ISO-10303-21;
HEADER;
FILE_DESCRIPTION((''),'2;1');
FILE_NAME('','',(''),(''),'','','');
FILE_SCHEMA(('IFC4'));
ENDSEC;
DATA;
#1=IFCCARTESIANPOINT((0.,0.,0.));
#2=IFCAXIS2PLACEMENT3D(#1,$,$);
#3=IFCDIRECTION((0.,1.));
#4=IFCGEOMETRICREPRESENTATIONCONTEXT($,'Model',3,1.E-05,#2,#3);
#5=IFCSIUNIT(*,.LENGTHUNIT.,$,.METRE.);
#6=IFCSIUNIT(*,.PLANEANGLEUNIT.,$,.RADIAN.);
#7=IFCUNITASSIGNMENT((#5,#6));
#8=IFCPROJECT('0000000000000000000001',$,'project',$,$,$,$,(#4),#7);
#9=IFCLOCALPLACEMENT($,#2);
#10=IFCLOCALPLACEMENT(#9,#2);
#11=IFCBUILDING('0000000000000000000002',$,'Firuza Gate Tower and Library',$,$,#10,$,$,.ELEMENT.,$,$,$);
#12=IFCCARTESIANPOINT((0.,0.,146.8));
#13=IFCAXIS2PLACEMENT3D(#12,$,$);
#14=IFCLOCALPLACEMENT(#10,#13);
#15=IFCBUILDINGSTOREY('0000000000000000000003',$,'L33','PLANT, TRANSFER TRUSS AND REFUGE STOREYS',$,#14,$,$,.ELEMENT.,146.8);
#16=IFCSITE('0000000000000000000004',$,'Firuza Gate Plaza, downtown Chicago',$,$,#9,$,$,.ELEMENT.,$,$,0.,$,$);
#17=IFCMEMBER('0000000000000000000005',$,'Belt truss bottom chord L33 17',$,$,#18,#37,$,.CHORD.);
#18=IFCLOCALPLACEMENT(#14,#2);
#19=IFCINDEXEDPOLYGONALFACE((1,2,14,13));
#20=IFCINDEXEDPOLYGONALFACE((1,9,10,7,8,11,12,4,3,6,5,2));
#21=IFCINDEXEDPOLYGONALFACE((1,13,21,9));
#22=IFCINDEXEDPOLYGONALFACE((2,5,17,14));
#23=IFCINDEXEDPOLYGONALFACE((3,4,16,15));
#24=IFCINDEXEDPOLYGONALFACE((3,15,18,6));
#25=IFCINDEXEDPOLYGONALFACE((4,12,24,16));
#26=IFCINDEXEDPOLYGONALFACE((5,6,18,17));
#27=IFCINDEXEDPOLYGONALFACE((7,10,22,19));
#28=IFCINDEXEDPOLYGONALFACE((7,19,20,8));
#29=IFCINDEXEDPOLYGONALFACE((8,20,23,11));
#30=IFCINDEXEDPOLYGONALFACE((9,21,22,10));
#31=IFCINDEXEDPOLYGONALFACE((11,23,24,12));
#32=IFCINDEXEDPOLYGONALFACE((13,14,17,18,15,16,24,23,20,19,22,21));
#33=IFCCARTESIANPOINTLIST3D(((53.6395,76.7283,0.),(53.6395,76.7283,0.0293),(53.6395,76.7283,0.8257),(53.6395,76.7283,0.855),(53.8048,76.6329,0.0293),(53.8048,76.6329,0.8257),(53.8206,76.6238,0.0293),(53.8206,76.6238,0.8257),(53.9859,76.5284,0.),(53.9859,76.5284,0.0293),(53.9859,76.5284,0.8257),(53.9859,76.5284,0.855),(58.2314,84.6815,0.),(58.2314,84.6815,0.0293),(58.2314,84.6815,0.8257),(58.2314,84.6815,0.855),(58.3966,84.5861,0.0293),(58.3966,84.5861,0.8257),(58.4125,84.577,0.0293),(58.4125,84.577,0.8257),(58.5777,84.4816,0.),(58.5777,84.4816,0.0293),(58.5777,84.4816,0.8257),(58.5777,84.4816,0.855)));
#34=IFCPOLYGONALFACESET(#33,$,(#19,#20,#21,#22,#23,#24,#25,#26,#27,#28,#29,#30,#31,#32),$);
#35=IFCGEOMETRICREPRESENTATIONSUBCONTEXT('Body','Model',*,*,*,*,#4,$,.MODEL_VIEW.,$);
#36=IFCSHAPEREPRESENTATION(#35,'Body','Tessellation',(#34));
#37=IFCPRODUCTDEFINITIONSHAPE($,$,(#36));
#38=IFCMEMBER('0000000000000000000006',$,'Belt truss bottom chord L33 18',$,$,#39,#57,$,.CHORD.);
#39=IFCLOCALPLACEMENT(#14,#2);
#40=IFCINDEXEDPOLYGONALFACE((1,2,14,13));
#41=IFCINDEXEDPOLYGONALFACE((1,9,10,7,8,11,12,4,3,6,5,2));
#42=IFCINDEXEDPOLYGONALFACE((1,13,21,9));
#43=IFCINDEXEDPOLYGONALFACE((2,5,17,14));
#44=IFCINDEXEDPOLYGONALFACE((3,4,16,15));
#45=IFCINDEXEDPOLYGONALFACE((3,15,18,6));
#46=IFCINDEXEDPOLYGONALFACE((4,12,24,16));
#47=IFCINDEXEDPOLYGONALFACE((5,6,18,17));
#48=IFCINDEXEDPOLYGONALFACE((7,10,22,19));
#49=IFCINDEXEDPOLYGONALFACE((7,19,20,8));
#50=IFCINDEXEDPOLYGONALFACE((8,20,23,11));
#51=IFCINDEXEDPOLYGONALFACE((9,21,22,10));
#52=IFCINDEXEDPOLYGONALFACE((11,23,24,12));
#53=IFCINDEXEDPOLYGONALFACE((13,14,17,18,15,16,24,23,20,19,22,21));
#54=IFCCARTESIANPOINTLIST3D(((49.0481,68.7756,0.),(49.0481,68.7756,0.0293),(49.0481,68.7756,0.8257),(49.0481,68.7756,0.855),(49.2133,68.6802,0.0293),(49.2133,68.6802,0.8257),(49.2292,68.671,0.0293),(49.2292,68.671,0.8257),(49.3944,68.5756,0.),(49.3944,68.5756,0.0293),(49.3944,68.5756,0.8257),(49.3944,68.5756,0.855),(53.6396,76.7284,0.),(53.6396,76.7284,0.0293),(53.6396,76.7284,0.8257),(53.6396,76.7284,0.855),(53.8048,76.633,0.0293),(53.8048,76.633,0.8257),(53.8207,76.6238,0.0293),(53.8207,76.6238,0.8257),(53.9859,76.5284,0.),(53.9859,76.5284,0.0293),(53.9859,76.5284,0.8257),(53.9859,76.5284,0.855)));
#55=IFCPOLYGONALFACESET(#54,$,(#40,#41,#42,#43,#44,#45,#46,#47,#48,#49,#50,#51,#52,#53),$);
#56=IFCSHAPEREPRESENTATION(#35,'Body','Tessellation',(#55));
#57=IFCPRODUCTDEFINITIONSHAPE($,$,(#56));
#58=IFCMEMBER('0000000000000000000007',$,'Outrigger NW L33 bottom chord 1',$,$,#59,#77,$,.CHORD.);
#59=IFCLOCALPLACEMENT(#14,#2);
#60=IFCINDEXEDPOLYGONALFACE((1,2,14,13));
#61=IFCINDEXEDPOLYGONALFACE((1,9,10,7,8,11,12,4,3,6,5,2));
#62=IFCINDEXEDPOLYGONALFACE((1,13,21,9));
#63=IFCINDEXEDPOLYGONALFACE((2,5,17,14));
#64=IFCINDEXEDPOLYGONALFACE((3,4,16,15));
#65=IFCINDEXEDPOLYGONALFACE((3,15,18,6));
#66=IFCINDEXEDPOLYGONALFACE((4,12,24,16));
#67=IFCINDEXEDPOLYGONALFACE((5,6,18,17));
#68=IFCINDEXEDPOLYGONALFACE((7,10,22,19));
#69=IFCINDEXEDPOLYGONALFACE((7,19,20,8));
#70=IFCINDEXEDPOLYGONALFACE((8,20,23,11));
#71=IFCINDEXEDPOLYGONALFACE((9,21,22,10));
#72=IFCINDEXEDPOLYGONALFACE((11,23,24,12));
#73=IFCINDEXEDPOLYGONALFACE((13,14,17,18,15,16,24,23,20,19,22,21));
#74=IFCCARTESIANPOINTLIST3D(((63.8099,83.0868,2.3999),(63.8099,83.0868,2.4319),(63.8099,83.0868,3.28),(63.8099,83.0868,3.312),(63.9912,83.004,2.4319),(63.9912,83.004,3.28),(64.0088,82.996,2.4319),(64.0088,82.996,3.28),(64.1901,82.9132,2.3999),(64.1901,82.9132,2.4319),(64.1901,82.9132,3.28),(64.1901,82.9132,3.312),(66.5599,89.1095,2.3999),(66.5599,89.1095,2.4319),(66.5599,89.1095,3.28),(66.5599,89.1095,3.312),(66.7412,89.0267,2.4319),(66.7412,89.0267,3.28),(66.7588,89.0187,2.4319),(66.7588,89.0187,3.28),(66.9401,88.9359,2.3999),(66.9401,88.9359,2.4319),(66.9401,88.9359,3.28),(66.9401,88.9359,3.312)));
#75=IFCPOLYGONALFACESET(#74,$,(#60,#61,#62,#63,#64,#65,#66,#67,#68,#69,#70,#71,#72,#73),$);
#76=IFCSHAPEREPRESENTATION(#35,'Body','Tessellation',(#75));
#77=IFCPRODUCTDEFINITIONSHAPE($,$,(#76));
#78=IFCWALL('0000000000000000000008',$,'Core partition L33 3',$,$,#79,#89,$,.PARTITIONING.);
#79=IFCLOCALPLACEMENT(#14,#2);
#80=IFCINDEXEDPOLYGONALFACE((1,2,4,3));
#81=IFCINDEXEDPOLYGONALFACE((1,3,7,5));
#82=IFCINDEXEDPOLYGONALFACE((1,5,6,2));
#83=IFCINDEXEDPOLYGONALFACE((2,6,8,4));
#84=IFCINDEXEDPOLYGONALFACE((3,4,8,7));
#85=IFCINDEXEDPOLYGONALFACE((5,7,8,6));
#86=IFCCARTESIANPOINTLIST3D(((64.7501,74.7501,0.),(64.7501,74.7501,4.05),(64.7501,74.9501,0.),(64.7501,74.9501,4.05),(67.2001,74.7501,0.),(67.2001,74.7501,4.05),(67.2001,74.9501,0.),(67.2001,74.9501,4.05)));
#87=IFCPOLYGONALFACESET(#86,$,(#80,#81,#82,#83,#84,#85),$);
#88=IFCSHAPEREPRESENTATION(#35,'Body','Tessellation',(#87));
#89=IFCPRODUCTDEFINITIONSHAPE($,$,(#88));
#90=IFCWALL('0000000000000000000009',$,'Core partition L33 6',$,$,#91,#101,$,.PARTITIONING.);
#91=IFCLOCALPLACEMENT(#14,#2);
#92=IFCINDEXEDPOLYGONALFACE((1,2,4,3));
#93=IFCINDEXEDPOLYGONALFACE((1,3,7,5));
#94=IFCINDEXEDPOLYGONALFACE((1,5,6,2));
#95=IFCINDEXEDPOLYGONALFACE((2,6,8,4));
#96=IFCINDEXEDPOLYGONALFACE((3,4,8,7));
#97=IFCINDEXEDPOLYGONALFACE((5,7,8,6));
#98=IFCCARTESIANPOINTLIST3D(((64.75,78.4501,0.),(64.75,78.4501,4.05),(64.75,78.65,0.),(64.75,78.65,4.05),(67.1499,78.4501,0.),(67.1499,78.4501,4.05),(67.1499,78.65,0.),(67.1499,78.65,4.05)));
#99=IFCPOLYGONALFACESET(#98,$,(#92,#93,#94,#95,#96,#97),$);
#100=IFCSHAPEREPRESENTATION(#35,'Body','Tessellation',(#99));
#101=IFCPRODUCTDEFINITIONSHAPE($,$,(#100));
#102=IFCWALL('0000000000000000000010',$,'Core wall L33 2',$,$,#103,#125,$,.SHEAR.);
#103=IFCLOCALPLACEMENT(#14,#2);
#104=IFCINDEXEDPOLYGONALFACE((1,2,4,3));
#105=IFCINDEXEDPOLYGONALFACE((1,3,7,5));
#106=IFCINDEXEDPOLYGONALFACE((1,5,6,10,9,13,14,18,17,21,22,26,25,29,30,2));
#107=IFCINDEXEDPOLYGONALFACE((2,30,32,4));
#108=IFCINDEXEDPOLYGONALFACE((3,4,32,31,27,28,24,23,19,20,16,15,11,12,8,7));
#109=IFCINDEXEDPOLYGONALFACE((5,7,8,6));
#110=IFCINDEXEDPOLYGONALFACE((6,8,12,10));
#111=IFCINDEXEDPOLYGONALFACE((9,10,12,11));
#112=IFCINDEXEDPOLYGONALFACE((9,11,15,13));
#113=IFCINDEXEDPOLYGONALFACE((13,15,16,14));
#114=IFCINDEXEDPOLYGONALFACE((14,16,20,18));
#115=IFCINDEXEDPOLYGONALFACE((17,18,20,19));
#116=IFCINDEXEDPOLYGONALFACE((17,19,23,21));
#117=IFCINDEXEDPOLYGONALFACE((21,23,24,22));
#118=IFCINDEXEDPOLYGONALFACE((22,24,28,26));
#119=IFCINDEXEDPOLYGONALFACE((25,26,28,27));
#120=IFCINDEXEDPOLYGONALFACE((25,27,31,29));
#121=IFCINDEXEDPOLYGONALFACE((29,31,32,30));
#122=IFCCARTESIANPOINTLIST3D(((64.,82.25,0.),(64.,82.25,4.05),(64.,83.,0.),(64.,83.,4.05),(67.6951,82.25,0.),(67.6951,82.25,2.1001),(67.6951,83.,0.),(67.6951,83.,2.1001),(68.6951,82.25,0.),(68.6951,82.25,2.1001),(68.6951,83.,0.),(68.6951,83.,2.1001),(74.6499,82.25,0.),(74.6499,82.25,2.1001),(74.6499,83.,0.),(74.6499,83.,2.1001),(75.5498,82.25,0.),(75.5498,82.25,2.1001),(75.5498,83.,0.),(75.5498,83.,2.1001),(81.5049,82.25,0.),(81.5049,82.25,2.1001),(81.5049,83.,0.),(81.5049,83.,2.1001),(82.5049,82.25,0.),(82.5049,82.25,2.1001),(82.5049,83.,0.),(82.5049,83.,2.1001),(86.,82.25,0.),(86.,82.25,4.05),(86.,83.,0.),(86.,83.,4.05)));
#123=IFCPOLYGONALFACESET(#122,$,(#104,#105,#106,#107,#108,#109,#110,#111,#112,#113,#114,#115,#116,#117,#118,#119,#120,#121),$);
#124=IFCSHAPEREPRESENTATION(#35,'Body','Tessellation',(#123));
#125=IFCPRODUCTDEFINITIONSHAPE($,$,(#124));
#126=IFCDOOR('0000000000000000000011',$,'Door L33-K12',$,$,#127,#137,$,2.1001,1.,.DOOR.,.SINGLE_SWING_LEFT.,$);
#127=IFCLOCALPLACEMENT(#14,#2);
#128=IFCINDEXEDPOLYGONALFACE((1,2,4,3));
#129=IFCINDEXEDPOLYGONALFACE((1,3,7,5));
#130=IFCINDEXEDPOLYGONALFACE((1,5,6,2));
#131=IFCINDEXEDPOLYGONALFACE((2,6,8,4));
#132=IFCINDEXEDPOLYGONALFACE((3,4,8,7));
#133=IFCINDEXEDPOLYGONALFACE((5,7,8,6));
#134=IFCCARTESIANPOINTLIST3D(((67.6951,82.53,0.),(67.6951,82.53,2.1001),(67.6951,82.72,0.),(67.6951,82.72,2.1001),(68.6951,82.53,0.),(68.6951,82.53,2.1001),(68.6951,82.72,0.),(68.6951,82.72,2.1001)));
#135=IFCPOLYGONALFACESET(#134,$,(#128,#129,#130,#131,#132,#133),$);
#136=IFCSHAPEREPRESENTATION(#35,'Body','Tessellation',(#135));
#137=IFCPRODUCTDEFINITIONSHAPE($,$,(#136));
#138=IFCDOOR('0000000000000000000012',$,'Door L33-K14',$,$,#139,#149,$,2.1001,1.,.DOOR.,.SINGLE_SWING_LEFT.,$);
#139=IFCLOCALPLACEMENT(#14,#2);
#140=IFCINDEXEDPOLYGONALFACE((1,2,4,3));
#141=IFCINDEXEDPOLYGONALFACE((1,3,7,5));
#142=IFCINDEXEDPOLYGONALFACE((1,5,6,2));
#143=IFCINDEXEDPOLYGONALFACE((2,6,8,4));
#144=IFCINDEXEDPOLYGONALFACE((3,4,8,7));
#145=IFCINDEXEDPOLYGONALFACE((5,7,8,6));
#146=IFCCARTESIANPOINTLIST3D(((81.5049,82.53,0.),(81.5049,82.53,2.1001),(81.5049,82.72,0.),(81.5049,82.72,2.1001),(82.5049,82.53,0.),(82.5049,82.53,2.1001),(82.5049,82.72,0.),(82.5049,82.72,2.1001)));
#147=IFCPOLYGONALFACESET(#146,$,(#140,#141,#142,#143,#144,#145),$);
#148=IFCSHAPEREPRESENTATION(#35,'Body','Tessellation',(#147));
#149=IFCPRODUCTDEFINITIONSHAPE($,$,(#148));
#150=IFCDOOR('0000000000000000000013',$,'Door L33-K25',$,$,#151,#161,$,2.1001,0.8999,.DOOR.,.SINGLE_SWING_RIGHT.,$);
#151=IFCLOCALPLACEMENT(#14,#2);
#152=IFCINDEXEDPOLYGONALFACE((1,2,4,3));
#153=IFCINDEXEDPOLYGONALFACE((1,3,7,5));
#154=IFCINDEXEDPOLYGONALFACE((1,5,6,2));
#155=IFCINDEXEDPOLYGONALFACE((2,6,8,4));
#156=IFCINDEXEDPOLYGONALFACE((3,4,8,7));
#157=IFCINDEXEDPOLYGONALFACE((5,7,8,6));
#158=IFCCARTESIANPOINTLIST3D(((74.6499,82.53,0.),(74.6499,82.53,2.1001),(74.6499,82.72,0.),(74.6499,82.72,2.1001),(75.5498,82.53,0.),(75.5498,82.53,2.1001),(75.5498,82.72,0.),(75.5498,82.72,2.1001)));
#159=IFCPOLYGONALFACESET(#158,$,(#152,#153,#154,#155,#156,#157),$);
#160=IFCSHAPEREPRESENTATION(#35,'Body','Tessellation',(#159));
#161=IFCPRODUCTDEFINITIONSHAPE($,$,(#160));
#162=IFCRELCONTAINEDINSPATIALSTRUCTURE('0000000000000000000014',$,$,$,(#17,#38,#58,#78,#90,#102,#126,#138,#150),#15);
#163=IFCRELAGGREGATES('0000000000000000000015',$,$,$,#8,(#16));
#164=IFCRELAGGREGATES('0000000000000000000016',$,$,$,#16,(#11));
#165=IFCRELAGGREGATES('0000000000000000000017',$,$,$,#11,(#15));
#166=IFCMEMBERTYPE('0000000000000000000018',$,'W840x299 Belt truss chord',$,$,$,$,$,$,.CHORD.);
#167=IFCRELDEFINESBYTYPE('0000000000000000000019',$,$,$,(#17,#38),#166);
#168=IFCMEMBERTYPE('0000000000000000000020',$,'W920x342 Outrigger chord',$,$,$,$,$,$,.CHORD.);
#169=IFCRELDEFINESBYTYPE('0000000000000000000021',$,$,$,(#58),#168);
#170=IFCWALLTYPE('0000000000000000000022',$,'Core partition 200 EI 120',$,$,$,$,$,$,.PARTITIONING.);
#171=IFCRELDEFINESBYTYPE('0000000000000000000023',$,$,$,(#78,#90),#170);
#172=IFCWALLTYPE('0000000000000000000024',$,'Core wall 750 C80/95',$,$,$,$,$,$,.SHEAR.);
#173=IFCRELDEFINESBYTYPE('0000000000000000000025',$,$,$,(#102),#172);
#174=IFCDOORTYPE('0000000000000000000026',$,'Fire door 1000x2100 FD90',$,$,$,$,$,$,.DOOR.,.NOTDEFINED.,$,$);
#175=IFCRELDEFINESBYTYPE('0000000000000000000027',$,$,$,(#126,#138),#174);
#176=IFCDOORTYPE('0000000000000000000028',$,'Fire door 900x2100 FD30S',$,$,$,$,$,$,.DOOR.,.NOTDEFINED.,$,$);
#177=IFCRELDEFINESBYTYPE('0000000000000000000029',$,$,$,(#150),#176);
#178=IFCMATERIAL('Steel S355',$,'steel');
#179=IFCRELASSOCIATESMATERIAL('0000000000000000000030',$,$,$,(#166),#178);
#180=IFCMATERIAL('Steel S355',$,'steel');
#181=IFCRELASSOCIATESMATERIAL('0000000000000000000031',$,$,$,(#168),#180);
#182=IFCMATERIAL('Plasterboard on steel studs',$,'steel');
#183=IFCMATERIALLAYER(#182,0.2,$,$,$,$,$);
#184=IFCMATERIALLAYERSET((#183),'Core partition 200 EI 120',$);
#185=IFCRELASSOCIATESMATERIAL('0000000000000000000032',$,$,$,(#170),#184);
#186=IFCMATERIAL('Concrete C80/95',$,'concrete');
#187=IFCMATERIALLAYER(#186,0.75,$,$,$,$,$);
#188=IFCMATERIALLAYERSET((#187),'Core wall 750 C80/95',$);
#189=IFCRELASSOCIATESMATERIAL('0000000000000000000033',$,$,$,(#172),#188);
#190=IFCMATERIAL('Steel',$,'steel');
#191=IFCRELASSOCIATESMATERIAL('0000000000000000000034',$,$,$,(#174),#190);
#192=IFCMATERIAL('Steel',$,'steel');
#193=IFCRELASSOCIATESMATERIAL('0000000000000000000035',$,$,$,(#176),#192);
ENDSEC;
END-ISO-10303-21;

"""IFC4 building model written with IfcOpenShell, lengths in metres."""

from ifc_helpers import new_model, si_unit, direction, frame, frame_2d, origin, origin_2d, place, context, subcontext, project, spatial, rectangle, i_section, extrude, material, layer, layer_set, material_profile, profile_set, type_object, element, fill, save


model = new_model("IFC4")

# Units and contexts
model_context = context("Model", 3, precision=1e-05, world=origin(), true_north=direction((0.0, 1.0)))
body_context = subcontext(model_context, "Body", "Model", "MODEL_VIEW")
ifc_project = project(units=[si_unit("LENGTHUNIT", "METRE"), si_unit("PLANEANGLEUNIT", "RADIAN")], contexts=[model_context])

# Site, building, storey
site_placement = place(None, origin())
site = spatial("IfcSite", under=ifc_project, at=site_placement, Name="Firuza Gate Plaza, downtown Chicago", CompositionType="ELEMENT", RefElevation=0.0)
building_placement = place(site_placement, origin())
building = spatial("IfcBuilding", under=site, at=building_placement, Name="Firuza Gate Tower and Library", CompositionType="ELEMENT")
storey_placement = place(building_placement, frame((0.0, 0.0, 146.8)))
storey = spatial("IfcBuildingStorey", under=building, at=storey_placement, Name="L33", Description="PLANT, TRANSFER TRUSS AND REFUGE STOREYS", CompositionType="ELEMENT", Elevation=146.8)

# Members
ifc_material_1 = material(Name="Steel S355", Category="steel")
ifc_material_profile_1 = material_profile(ifc_material_1, i_section(OverallWidth=0.3999, OverallDepth=0.855, WebThickness=0.0183, FlangeThickness=0.0293, at=origin_2d()))
ifc_profile_set_1 = profile_set([ifc_material_profile_1], Name="Steel S355")
member_type_1 = type_object("IfcMemberType", Name="W840x299 Belt truss chord", PredefinedType="CHORD", material=ifc_profile_set_1)
member_1_placement = place(storey_placement, frame((58.4045, 84.5815, 0.4275), z_axis=(-0.500005, -0.866023, 0.0), x_axis=(0.866023, -0.500005, 0.0)))
element("IfcMember", 1, at=member_1_placement, inside=storey, type_object=member_type_1, Name="Belt truss bottom chord L33 17", PredefinedType="CHORD", context=body_context, shape_type="SweptSolid", body=[
    extrude(i_section(OverallWidth=0.3999, OverallDepth=0.855, WebThickness=0.0183, FlangeThickness=0.0293, at=origin_2d()), origin(), (0.0, 0.0, 1.0), 9.1836),
])
member_2_placement = place(storey_placement, frame((53.8127, 76.6284, 0.4275), z_axis=(-0.499996, -0.866028, 0.0), x_axis=(0.866028, -0.499996, 0.0)))
element("IfcMember", 2, at=member_2_placement, inside=storey, type_object=member_type_1, Name="Belt truss bottom chord L33 18", PredefinedType="CHORD", context=body_context, shape_type="SweptSolid", body=[
    extrude(i_section(OverallWidth=0.3999, OverallDepth=0.855, WebThickness=0.0183, FlangeThickness=0.0293, at=origin_2d()), origin(), (0.0, 0.0, 1.0), 9.1831),
])
ifc_material_2 = material(Name="Steel S355", Category="steel")
ifc_material_profile_2 = material_profile(ifc_material_2, i_section(OverallWidth=0.418, OverallDepth=0.9121, WebThickness=0.0193, FlangeThickness=0.032, at=origin_2d()))
ifc_profile_set_2 = profile_set([ifc_material_profile_2], Name="Steel S355")
member_type_2 = type_object("IfcMemberType", Name="W920x342 Outrigger chord", PredefinedType="CHORD", material=ifc_profile_set_2)
member_3_placement = place(storey_placement, frame((64.0, 83.0, 2.856), z_axis=(0.415355, 0.909659, 0.0), x_axis=(-0.909659, 0.415355, 0.0)))
element("IfcMember", 3, at=member_3_placement, inside=storey, type_object=member_type_2, Name="Outrigger NW L33 bottom chord 1", PredefinedType="CHORD", context=body_context, shape_type="SweptSolid", body=[
    extrude(i_section(OverallWidth=0.418, OverallDepth=0.9121, WebThickness=0.0193, FlangeThickness=0.032, at=origin_2d()), origin(), (0.0, 0.0, 1.0), 6.6208),
])

# Walls
ifc_material_3 = material(Name="Plasterboard on steel studs", Category="steel")
ifc_layer_1 = layer(ifc_material_3, 0.2)
ifc_layer_set_1 = layer_set([ifc_layer_1], Name="Core partition 200 EI 120")
wall_type_1 = type_object("IfcWallType", Name="Core partition 200 EI 120", PredefinedType="PARTITIONING", material=ifc_layer_set_1)
wall_1_placement = place(storey_placement, frame((64.75, 74.8501, 0.0), z_axis=(0.0, 0.0, 1.0), x_axis=(1.0, 0.0, 0.0)))
element("IfcWall", 4, at=wall_1_placement, inside=storey, type_object=wall_type_1, Name="Core partition L33 3", PredefinedType="PARTITIONING", context=body_context, shape_type="SweptSolid", body=[
    extrude(rectangle(XDim=2.45, YDim=0.2, at=frame_2d((1.2251, 0.0))), origin(), (0.0, 0.0, 1.0), 4.05),
])
wall_2_placement = place(storey_placement, frame((64.75, 78.55, 0.0), z_axis=(0.0, 0.0, 1.0), x_axis=(1.0, 0.0, 0.0)))
element("IfcWall", 5, at=wall_2_placement, inside=storey, type_object=wall_type_1, Name="Core partition L33 6", PredefinedType="PARTITIONING", context=body_context, shape_type="SweptSolid", body=[
    extrude(rectangle(XDim=2.3999, YDim=0.2, at=frame_2d((1.2, 0.0))), origin(), (0.0, 0.0, 1.0), 4.05),
])

# Wall, openings, doors
ifc_material_4 = material(Name="Concrete C80/95", Category="concrete")
ifc_layer_2 = layer(ifc_material_4, 0.75)
ifc_layer_set_2 = layer_set([ifc_layer_2], Name="Core wall 750 C80/95")
wall_type_2 = type_object("IfcWallType", Name="Core wall 750 C80/95", PredefinedType="SHEAR", material=ifc_layer_set_2)
wall_3_placement = place(storey_placement, frame((64.0, 82.625, 0.0), z_axis=(0.0, 0.0, 1.0), x_axis=(1.0, 0.0, 0.0)))
wall_3 = element("IfcWall", 6, at=wall_3_placement, inside=storey, type_object=wall_type_2, Name="Core wall L33 2", PredefinedType="SHEAR", context=body_context, shape_type="SweptSolid", body=[
    extrude(rectangle(XDim=22.0, YDim=0.75, at=frame_2d((11.0, 0.0))), origin(), (0.0, 0.0, 1.0), 4.05),
])
opening_1_placement = place(wall_3_placement, frame((3.6951, 0.0, 0.0)))
opening_1 = element("IfcOpeningElement", 7, at=opening_1_placement, cuts=wall_3, PredefinedType="OPENING", context=body_context, shape_type="SweptSolid", body=[
    extrude(rectangle(XDim=1.0, YDim=2.1001, at=frame_2d((0.5, 1.05))), frame((0.0, 0.385, 0.0), z_axis=(0.0, -1.0, 0.0), x_axis=(1.0, 0.0, 0.0)), (0.0, 0.0, 1.0), 0.77),
])
opening_2_placement = place(wall_3_placement, frame((17.5049, 0.0, 0.0)))
opening_2 = element("IfcOpeningElement", 8, at=opening_2_placement, cuts=wall_3, PredefinedType="OPENING", context=body_context, shape_type="SweptSolid", body=[
    extrude(rectangle(XDim=1.0, YDim=2.1001, at=frame_2d((0.5, 1.05))), frame((0.0, 0.385, 0.0), z_axis=(0.0, -1.0, 0.0), x_axis=(1.0, 0.0, 0.0)), (0.0, 0.0, 1.0), 0.77),
])
opening_3_placement = place(wall_3_placement, frame((10.6499, 0.0, 0.0)))
opening_3 = element("IfcOpeningElement", 9, at=opening_3_placement, cuts=wall_3, PredefinedType="OPENING", context=body_context, shape_type="SweptSolid", body=[
    extrude(rectangle(XDim=0.8999, YDim=2.1001, at=frame_2d((0.45, 1.05))), frame((0.0, 0.385, 0.0), z_axis=(0.0, -1.0, 0.0), x_axis=(1.0, 0.0, 0.0)), (0.0, 0.0, 1.0), 0.77),
])
ifc_material_5 = material(Name="Steel", Category="steel")
door_type_1 = type_object("IfcDoorType", Name="Fire door 1000x2100 FD90", OperationType="NOTDEFINED", PredefinedType="DOOR", material=ifc_material_5)
door_1_placement = place(opening_1_placement, origin())
door_1 = element("IfcDoor", 10, at=door_1_placement, inside=storey, type_object=door_type_1, Name="Door L33-K12", OperationType="SINGLE_SWING_LEFT", OverallHeight=2.1001, OverallWidth=1.0, PredefinedType="DOOR", context=body_context, shape_type="SweptSolid", body=[
    extrude(rectangle(XDim=1.0, YDim=2.1001, at=frame_2d((0.5, 1.05))), frame((0.0, 0.095, 0.0), z_axis=(0.0, -1.0, 0.0), x_axis=(1.0, 0.0, 0.0)), (0.0, 0.0, 1.0), 0.1899),
])
fill(opening_1, door_1)
door_2_placement = place(opening_2_placement, origin())
door_2 = element("IfcDoor", 11, at=door_2_placement, inside=storey, type_object=door_type_1, Name="Door L33-K14", OperationType="SINGLE_SWING_LEFT", OverallHeight=2.1001, OverallWidth=1.0, PredefinedType="DOOR", context=body_context, shape_type="SweptSolid", body=[
    extrude(rectangle(XDim=1.0, YDim=2.1001, at=frame_2d((0.5, 1.05))), frame((0.0, 0.095, 0.0), z_axis=(0.0, -1.0, 0.0), x_axis=(1.0, 0.0, 0.0)), (0.0, 0.0, 1.0), 0.1899),
])
fill(opening_2, door_2)
ifc_material_6 = material(Name="Steel", Category="steel")
door_type_2 = type_object("IfcDoorType", Name="Fire door 900x2100 FD30S", OperationType="NOTDEFINED", PredefinedType="DOOR", material=ifc_material_6)
door_3_placement = place(opening_3_placement, origin())
door_3 = element("IfcDoor", 12, at=door_3_placement, inside=storey, type_object=door_type_2, Name="Door L33-K25", OperationType="SINGLE_SWING_RIGHT", OverallHeight=2.1001, OverallWidth=0.8999, PredefinedType="DOOR", context=body_context, shape_type="SweptSolid", body=[
    extrude(rectangle(XDim=0.8999, YDim=2.1001, at=frame_2d((0.45, 1.05))), frame((0.0, 0.095, 0.0), z_axis=(0.0, -1.0, 0.0), x_axis=(1.0, 0.0, 0.0)), (0.0, 0.0, 1.0), 0.1899),
])
fill(opening_3, door_3)

save(model, "model.ifc")
